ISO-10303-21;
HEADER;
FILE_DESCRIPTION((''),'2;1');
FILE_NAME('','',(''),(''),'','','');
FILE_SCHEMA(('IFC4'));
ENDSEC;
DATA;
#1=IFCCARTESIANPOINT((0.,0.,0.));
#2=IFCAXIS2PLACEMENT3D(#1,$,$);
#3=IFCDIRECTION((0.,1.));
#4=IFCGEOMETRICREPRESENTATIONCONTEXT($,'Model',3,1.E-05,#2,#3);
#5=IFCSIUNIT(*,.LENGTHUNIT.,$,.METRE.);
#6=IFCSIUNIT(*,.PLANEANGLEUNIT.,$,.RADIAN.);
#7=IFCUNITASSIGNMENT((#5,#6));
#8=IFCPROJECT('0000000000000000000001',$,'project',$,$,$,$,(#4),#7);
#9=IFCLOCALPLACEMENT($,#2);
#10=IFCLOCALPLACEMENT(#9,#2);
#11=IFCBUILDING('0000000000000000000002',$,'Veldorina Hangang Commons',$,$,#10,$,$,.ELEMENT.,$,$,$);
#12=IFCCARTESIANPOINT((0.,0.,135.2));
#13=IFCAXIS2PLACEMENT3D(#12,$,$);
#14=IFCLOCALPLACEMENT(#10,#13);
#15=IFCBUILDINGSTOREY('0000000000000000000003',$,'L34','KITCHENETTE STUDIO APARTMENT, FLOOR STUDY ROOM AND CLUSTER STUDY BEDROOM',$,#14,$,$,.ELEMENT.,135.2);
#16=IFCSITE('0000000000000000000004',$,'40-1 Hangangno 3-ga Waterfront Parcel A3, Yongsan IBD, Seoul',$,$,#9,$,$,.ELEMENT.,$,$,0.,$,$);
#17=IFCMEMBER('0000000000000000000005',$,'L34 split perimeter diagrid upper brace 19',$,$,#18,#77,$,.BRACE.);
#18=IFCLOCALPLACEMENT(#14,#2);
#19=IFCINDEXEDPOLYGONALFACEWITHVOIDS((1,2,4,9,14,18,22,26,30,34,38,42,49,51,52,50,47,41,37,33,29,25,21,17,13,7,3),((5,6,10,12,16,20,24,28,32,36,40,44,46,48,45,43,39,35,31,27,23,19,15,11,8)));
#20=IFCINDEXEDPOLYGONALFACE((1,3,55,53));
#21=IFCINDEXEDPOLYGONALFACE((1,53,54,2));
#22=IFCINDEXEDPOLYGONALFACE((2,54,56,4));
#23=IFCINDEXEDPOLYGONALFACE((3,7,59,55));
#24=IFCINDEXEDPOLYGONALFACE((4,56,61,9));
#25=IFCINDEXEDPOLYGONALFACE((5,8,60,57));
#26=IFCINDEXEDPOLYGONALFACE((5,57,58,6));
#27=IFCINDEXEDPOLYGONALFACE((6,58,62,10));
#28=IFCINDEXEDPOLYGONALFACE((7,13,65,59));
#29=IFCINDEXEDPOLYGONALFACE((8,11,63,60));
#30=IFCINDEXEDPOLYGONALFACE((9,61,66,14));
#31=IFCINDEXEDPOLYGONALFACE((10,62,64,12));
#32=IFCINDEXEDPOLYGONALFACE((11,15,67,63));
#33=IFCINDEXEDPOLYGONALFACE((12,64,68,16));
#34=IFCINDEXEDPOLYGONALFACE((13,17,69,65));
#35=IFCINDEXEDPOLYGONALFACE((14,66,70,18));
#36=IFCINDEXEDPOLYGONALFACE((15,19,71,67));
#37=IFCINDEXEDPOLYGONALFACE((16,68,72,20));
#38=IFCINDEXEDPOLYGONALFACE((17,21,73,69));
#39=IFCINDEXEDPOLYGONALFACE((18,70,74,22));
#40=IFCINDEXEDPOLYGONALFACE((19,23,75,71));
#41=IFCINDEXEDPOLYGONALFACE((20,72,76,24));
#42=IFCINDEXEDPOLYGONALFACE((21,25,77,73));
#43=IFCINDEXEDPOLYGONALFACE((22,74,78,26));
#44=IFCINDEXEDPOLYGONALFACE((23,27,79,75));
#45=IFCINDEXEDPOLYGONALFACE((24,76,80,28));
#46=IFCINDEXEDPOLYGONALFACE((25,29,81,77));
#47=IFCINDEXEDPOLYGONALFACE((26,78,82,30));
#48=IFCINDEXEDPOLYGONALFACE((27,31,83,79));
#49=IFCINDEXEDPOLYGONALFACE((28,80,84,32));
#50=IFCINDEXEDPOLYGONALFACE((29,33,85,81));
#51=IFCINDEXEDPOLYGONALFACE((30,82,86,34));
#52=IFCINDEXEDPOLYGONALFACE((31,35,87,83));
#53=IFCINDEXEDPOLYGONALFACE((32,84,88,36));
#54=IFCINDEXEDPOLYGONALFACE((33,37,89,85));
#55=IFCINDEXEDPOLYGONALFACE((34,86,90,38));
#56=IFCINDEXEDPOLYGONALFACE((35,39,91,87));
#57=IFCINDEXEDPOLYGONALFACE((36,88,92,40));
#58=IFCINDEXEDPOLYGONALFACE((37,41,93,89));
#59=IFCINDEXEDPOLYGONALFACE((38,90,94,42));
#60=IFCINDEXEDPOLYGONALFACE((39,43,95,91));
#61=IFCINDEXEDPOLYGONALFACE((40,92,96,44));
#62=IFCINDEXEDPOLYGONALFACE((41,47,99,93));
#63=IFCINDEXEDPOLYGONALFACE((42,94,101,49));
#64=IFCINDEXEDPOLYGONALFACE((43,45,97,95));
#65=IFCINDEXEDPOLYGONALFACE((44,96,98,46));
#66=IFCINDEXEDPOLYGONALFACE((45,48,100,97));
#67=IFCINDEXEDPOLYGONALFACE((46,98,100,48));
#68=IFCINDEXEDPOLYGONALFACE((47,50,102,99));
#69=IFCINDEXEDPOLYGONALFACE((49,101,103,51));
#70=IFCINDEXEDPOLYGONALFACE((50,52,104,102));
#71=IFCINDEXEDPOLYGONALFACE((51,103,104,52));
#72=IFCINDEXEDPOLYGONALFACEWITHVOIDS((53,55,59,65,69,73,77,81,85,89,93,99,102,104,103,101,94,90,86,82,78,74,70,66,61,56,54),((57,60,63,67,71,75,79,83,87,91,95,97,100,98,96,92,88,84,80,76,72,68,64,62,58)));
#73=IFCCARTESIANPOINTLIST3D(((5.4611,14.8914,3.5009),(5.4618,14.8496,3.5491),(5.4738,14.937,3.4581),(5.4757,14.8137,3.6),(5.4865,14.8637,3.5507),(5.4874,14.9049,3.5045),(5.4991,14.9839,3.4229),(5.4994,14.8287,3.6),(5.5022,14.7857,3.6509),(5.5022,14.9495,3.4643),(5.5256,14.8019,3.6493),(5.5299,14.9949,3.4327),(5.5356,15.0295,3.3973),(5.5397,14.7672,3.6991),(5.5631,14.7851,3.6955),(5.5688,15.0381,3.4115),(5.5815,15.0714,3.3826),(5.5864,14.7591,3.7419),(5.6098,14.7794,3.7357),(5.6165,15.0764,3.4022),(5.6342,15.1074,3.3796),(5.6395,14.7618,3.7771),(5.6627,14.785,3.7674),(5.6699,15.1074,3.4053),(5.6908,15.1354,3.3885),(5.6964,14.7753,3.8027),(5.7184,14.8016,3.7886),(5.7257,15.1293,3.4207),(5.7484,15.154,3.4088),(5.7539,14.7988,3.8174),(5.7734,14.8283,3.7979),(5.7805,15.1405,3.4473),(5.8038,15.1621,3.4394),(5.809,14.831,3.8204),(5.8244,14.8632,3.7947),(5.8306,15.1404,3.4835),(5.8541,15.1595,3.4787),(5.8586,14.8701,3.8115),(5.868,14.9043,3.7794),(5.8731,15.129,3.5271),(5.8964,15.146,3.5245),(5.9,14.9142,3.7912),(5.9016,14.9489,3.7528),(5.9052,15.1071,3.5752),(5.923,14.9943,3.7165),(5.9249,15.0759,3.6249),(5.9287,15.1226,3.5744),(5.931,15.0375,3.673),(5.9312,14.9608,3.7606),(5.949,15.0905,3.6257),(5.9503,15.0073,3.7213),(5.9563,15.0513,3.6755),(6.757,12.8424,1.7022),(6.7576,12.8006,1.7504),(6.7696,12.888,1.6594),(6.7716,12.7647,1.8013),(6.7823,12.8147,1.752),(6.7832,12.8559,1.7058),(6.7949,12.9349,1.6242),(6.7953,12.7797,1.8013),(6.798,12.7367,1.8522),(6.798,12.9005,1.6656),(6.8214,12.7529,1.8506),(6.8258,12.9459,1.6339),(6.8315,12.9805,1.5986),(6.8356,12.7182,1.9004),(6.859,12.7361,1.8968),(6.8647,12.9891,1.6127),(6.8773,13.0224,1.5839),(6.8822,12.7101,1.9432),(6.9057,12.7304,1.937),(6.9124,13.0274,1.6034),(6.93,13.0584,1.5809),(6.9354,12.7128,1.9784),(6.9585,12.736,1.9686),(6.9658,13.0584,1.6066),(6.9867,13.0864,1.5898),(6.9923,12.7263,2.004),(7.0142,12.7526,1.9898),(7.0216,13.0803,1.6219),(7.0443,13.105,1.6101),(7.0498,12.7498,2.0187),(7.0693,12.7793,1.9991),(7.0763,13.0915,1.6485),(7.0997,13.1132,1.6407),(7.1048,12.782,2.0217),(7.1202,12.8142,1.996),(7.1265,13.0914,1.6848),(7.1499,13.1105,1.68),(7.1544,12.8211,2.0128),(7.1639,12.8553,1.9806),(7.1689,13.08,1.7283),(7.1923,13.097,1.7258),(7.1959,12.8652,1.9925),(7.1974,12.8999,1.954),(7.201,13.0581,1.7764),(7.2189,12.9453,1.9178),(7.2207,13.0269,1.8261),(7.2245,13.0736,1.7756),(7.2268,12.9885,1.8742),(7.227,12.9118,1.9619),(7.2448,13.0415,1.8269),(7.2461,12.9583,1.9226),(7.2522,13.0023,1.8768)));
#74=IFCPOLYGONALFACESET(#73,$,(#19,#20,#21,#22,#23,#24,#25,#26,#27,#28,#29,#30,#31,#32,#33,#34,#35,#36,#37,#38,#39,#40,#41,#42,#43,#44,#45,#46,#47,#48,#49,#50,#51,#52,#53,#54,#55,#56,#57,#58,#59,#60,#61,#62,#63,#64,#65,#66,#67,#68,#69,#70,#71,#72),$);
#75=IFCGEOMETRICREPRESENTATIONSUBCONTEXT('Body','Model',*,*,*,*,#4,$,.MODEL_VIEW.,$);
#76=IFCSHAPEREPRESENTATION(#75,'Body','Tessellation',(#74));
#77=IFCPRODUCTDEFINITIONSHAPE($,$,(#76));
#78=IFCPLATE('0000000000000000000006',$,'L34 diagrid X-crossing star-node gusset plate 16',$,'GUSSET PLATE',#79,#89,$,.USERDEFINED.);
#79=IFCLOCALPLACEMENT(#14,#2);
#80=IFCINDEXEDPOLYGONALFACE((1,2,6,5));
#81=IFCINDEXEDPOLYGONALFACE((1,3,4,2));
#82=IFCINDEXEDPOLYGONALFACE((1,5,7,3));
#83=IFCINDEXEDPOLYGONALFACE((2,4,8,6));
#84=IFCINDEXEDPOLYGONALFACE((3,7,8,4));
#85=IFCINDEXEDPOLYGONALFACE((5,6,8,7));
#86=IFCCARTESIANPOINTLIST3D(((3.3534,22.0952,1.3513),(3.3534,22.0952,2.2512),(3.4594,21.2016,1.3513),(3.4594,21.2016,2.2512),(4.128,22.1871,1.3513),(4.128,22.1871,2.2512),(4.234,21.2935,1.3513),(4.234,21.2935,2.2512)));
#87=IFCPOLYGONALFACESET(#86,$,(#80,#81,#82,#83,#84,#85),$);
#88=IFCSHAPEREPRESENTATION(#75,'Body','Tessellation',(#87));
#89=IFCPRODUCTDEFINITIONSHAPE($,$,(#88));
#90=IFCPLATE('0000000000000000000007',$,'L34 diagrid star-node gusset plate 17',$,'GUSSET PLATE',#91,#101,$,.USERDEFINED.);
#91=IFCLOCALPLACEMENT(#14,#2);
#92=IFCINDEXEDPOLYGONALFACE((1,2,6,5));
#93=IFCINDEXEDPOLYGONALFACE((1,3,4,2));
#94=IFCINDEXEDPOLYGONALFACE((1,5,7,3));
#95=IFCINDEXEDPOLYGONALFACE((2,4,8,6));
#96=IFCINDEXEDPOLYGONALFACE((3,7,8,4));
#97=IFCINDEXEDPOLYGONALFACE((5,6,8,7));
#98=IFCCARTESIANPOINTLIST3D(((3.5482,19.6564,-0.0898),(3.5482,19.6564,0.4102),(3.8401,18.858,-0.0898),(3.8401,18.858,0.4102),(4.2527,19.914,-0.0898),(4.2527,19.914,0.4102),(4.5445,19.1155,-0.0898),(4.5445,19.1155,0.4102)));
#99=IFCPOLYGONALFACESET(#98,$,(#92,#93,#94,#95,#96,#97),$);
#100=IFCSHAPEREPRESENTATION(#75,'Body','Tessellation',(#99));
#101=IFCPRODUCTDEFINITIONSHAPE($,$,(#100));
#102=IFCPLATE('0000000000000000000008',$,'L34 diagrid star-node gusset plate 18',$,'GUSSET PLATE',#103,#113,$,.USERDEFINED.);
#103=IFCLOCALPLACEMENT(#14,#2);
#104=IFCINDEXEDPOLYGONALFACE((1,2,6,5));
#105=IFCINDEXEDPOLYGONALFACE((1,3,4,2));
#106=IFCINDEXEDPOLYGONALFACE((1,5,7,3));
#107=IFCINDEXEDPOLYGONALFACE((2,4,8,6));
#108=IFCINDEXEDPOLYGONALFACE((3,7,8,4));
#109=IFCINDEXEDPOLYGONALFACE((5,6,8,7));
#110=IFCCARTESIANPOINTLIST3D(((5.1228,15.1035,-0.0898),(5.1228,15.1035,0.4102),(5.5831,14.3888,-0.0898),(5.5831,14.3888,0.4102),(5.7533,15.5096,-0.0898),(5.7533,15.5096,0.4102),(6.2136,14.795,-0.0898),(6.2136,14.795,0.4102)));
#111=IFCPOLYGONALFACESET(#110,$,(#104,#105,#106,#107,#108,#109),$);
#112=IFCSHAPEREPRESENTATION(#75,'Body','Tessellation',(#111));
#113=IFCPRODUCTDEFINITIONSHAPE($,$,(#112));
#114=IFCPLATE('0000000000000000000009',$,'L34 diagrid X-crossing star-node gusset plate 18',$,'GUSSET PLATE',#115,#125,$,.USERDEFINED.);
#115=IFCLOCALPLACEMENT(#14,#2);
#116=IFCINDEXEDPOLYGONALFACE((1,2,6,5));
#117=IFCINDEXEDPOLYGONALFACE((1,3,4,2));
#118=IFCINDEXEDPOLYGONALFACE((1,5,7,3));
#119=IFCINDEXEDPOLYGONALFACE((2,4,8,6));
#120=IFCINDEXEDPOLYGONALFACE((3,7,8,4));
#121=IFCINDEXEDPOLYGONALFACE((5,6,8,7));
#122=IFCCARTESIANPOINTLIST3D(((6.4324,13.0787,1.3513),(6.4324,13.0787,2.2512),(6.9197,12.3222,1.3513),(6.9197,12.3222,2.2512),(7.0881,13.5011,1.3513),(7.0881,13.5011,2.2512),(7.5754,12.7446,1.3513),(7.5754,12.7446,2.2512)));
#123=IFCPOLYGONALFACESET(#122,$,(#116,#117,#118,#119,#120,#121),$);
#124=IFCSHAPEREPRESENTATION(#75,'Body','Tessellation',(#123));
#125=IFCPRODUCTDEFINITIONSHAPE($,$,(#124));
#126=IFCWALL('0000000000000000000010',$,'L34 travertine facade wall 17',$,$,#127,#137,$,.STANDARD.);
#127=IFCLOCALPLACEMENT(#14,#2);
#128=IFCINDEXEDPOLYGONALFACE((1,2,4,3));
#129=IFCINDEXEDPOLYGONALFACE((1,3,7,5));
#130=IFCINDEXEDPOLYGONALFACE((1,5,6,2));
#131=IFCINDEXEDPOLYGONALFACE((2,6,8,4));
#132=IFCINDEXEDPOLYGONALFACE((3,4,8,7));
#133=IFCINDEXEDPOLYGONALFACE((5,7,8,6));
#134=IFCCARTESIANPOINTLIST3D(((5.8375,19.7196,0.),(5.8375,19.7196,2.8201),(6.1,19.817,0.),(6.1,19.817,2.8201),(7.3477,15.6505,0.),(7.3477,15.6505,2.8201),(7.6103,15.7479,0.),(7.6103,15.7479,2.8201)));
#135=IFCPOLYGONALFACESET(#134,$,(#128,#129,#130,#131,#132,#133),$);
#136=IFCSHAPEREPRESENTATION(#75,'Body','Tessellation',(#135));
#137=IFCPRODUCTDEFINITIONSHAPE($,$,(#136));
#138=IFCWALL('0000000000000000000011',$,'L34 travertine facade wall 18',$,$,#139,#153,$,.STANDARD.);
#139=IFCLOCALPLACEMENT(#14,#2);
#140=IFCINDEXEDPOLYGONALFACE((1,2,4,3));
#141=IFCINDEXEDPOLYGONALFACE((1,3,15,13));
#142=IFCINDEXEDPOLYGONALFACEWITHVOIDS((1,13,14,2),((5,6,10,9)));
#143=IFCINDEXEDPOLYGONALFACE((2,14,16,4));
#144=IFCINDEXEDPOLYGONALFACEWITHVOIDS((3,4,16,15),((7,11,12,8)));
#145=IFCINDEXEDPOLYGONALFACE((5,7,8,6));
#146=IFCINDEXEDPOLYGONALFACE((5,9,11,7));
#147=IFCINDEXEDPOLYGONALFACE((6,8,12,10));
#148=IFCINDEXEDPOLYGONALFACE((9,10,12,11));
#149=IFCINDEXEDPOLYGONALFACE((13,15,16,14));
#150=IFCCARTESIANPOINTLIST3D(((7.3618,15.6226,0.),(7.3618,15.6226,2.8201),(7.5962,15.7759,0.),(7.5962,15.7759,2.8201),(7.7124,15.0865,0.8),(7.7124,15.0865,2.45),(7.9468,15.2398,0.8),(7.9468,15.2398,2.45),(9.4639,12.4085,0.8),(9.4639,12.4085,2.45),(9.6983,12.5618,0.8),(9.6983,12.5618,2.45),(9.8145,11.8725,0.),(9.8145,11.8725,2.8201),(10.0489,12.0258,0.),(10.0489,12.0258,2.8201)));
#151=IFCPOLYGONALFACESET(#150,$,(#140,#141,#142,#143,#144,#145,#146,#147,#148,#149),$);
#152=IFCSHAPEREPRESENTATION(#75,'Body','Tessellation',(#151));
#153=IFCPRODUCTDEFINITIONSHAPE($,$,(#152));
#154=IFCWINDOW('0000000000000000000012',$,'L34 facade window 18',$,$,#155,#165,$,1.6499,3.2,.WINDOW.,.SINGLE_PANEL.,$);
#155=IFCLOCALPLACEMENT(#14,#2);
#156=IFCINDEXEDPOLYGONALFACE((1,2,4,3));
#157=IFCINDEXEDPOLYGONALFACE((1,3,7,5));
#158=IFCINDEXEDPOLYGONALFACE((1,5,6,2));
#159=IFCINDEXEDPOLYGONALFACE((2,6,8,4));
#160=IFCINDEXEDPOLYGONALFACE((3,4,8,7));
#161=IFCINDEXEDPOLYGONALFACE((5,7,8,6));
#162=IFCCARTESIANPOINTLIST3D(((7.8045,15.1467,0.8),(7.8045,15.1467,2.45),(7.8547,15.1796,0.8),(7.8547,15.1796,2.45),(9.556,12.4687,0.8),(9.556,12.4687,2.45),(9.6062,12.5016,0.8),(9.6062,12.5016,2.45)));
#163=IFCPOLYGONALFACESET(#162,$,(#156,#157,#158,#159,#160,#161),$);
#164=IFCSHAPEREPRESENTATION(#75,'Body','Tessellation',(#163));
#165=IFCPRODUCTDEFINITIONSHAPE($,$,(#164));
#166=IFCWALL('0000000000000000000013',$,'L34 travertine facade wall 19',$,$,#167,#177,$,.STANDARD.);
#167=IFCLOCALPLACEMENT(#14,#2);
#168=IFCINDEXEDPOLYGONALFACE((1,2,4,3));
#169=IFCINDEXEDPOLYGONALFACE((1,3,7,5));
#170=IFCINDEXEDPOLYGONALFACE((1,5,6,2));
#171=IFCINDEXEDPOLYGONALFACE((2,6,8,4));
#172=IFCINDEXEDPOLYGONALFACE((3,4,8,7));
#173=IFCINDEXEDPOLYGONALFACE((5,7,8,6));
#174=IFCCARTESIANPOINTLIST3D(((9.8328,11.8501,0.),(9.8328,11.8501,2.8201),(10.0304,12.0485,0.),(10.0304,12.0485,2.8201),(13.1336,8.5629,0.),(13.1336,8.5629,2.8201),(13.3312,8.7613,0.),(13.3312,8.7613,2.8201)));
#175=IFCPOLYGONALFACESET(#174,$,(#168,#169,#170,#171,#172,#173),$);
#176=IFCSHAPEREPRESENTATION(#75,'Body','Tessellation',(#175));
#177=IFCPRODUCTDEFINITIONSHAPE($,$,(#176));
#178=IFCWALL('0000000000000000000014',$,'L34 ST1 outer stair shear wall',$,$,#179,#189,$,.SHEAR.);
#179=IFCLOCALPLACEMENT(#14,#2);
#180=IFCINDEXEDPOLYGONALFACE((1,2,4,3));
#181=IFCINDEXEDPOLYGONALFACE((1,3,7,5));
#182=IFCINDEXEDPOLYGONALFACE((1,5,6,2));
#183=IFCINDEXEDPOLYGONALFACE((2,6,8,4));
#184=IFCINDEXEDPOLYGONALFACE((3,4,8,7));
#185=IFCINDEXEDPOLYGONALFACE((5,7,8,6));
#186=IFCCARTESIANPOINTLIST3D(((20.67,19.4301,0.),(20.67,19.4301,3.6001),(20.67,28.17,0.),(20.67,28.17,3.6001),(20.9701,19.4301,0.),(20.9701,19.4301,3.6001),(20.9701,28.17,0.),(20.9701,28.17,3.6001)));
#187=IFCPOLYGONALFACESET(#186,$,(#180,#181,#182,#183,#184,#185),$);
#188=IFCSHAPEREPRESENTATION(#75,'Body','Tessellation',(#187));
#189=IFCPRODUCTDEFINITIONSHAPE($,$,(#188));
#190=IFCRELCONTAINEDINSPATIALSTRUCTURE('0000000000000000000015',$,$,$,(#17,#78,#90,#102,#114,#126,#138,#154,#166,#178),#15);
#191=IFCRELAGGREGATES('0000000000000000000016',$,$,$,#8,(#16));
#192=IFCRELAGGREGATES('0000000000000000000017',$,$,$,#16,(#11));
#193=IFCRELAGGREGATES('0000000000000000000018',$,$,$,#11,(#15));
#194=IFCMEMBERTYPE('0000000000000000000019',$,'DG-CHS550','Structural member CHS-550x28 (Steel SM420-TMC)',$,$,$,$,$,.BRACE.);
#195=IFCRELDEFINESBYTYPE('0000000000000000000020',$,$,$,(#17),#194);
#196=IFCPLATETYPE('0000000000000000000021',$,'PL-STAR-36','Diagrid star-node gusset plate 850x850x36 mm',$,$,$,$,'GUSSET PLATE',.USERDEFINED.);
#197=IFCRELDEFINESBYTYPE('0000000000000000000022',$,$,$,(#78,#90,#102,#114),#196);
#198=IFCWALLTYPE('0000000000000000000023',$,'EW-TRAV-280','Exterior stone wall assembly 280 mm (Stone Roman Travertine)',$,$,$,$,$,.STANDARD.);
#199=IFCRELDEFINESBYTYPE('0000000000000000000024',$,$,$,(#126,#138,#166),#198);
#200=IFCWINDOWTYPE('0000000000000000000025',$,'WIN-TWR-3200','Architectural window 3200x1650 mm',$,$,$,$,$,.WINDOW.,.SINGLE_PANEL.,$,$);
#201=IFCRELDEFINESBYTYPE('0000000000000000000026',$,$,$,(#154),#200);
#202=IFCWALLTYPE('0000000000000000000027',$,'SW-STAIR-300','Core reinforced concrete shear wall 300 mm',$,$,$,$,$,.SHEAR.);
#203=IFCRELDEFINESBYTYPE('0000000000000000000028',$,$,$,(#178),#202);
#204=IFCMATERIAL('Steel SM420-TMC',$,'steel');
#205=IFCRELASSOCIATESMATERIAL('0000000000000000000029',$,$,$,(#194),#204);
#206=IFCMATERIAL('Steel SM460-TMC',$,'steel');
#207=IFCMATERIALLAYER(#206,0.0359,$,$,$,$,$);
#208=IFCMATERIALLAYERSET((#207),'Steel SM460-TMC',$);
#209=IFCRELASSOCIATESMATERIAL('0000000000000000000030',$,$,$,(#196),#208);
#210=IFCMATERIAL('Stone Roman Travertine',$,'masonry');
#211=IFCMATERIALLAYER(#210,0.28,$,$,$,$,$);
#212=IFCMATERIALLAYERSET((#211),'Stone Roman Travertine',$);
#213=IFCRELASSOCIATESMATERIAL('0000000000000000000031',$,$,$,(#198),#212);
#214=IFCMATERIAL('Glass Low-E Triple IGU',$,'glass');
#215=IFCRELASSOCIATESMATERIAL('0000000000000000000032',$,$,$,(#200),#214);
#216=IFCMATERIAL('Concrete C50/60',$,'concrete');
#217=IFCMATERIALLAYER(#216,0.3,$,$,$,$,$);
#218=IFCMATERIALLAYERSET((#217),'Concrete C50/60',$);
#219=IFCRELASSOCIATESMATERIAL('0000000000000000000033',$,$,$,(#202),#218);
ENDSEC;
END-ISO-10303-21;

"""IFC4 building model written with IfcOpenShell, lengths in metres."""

from ifc_helpers import new_model, si_unit, direction, frame, frame_2d, origin, origin_2d, place, context, subcontext, project, spatial, rectangle, hollow_circle, extrude, material, layer, layer_set, material_profile, profile_set, type_object, element, fill, save


model = new_model("IFC4")

# Units and contexts
model_context = context("Model", 3, precision=1e-05, world=origin(), true_north=direction((0.0, 1.0)))
body_context = subcontext(model_context, "Body", "Model", "MODEL_VIEW")
ifc_project = project(units=[si_unit("LENGTHUNIT", "METRE"), si_unit("PLANEANGLEUNIT", "RADIAN")], contexts=[model_context])

# Site, building, storey
site_placement = place(None, origin())
site = spatial("IfcSite", under=ifc_project, at=site_placement, Name="40-1 Hangangno 3-ga Waterfront Parcel A3, Yongsan IBD, Seoul", CompositionType="ELEMENT", RefElevation=0.0)
building_placement = place(site_placement, origin())
building = spatial("IfcBuilding", under=site, at=building_placement, Name="Veldorina Hangang Commons", CompositionType="ELEMENT")
storey_placement = place(building_placement, frame((0.0, 0.0, 135.2)))
storey = spatial("IfcBuildingStorey", under=building, at=storey_placement, Name="L34", Description="KITCHENETTE STUDIO APARTMENT, FLOOR STUDY ROOM AND CLUSTER STUDY BEDROOM", CompositionType="ELEMENT", Elevation=135.2)

# Shared definitions
ifc_material_1 = material(Name="Steel SM420-TMC", Category="steel")

# Member
ifc_material_profile_1 = material_profile(ifc_material_1, hollow_circle(Radius=0.2749, WallThickness=0.0281, at=origin_2d()), Name="CHS-550x28")
ifc_profile_set_1 = profile_set([ifc_material_profile_1], Name="Steel SM420-TMC")
member_type = type_object("IfcMemberType", Name="DG-CHS550", Description="Structural member CHS-550x28 (Steel SM420-TMC)", PredefinedType="BRACE", material=ifc_profile_set_1)
member_1_placement = place(storey_placement, frame((7.0039, 12.9116, 1.8013), z_axis=(-0.42926, 0.678745, 0.595853), x_axis=(-0.845163, -0.534508, 0.0)))
element("IfcMember", 1, at=member_1_placement, inside=storey, type_object=member_type, Name="L34 split perimeter diagrid upper brace 19", PredefinedType="BRACE", context=body_context, shape_type="SweptSolid", body=[
    extrude(hollow_circle(Radius=0.2749, WallThickness=0.0281, at=origin_2d()), origin(), (0.0, 0.0, 1.0), 3.0188),
])

# Plates
ifc_material_2 = material(Name="Steel SM460-TMC", Category="steel")
ifc_layer_1 = layer(ifc_material_2, 0.0359)
ifc_layer_set_1 = layer_set([ifc_layer_1], Name="Steel SM460-TMC")
plate_type = type_object("IfcPlateType", Name="PL-STAR-36", Description="Diagrid star-node gusset plate 850x850x36 mm", ElementType="GUSSET PLATE", PredefinedType="USERDEFINED", material=ifc_layer_set_1)
plate_1_placement = place(storey_placement, frame((3.7937, 21.6943, 1.3513), z_axis=(0.0, 0.0, 1.0), x_axis=(0.117849, -0.993031, 0.0)))
element("IfcPlate", 2, at=plate_1_placement, inside=storey, type_object=plate_type, Name="L34 diagrid X-crossing star-node gusset plate 16", ObjectType="GUSSET PLATE", PredefinedType="USERDEFINED", context=body_context, shape_type="SweptSolid", body=[
    extrude(rectangle(XDim=0.8999, YDim=0.78, at=origin_2d()), origin(), (0.0, 0.0, 1.0), 0.8999),
])
for number, where, z_axis, x_axis, name in (
    (3, (4.0464, 19.386, -0.0898), (0.0, 0.0, 1.0), (0.343348, -0.939208, 0.0), "L34 diagrid star-node gusset plate 17"),
    (4, (5.6682, 14.9492, -0.0898), (0.0, 0.0, 1.0), (0.541517, -0.840689, 0.0), "L34 diagrid star-node gusset plate 18"),
):
    element("IfcPlate", number, at=place(storey_placement, frame(where, z_axis=z_axis, x_axis=x_axis)), inside=storey, type_object=plate_type, Name=name, ObjectType="GUSSET PLATE", PredefinedType="USERDEFINED", context=body_context, shape_type="SweptSolid", body=[
        extrude(rectangle(XDim=0.8501, YDim=0.75, at=origin_2d()), origin(), (0.0, 0.0, 1.0), 0.5),
    ])
plate_2_placement = place(storey_placement, frame((7.0039, 12.9116, 1.3513), z_axis=(0.0, 0.0, 1.0), x_axis=(0.541517, -0.840689, 0.0)))
element("IfcPlate", 5, at=plate_2_placement, inside=storey, type_object=plate_type, Name="L34 diagrid X-crossing star-node gusset plate 18", ObjectType="GUSSET PLATE", PredefinedType="USERDEFINED", context=body_context, shape_type="SweptSolid", body=[
    extrude(rectangle(XDim=0.8999, YDim=0.78, at=origin_2d()), origin(), (0.0, 0.0, 1.0), 0.8999),
])

# Wall
ifc_material_3 = material(Name="Stone Roman Travertine", Category="masonry")
ifc_layer_2 = layer(ifc_material_3, 0.28)
ifc_layer_set_2 = layer_set([ifc_layer_2], Name="Stone Roman Travertine")
wall_type_1 = type_object("IfcWallType", Name="EW-TRAV-280", Description="Exterior stone wall assembly 280 mm (Stone Roman Travertine)", PredefinedType="STANDARD", material=ifc_layer_set_2)
wall_1_placement = place(storey_placement, frame((5.9688, 19.7683, 0.0), z_axis=(0.0, 0.0, 1.0), x_axis=(0.347959, -0.93751, 0.0)))
element("IfcWall", 6, at=wall_1_placement, inside=storey, type_object=wall_type_1, Name="L34 travertine facade wall 17", PredefinedType="STANDARD", context=body_context, shape_type="SweptSolid", body=[
    extrude(rectangle(XDim=4.3403, YDim=0.28, at=frame_2d((2.1702, 0.0))), origin(), (0.0, 0.0, 1.0), 2.8201),
])

# Wall, opening, window
wall_2_placement = place(storey_placement, frame((7.479, 15.6992, 0.0), z_axis=(0.0, 0.0, 1.0), x_axis=(0.547361, -0.836897, 0.0)))
wall_2 = element("IfcWall", 7, at=wall_2_placement, inside=storey, type_object=wall_type_1, Name="L34 travertine facade wall 18", PredefinedType="STANDARD", context=body_context, shape_type="SweptSolid", body=[
    extrude(rectangle(XDim=4.481, YDim=0.28, at=frame_2d((2.2405, 0.0))), origin(), (0.0, 0.0, 1.0), 2.8201),
])
opening_1_placement = place(wall_2_placement, frame((0.6404, 0.0, 0.8)))
opening_1 = element("IfcOpeningElement", 8, at=opening_1_placement, cuts=wall_2, PredefinedType="OPENING", context=body_context, shape_type="SweptSolid", body=[
    extrude(rectangle(XDim=3.2, YDim=1.6499, at=frame_2d((1.6001, 0.825))), frame((0.0, 0.1499, 0.0), z_axis=(0.0, -1.0, 0.0), x_axis=(1.0, 0.0, 0.0)), (0.0, 0.0, 1.0), 0.3),
])
ifc_material_4 = material(Name="Glass Low-E Triple IGU", Category="glass")
window_type = type_object("IfcWindowType", Name="WIN-TWR-3200", Description="Architectural window 3200x1650 mm", PartitioningType="SINGLE_PANEL", PredefinedType="WINDOW", material=ifc_material_4)
window_placement = place(opening_1_placement, origin())
window = element("IfcWindow", 9, at=window_placement, inside=storey, type_object=window_type, Name="L34 facade window 18", OverallHeight=1.6499, OverallWidth=3.2, PartitioningType="SINGLE_PANEL", PredefinedType="WINDOW", context=body_context, shape_type="SweptSolid", body=[
    extrude(rectangle(XDim=3.2, YDim=1.6499, at=frame_2d((1.6001, 0.825))), frame((0.0, 0.03, 0.0), z_axis=(0.0, -1.0, 0.0), x_axis=(1.0, 0.0, 0.0)), (0.0, 0.0, 1.0), 0.0601),
])
fill(opening_1, window)

# Walls
wall_3_placement = place(storey_placement, frame((9.9316, 11.9492, 0.0), z_axis=(0.0, 0.0, 1.0), x_axis=(0.708573, -0.705638, 0.0)))
element("IfcWall", 10, at=wall_3_placement, inside=storey, type_object=wall_type_1, Name="L34 travertine facade wall 19", PredefinedType="STANDARD", context=body_context, shape_type="SweptSolid", body=[
    extrude(rectangle(XDim=4.6584, YDim=0.28, at=frame_2d((2.3291, 0.0))), origin(), (0.0, 0.0, 1.0), 2.8201),
])
ifc_material_5 = material(Name="Concrete C50/60", Category="concrete")
ifc_layer_3 = layer(ifc_material_5, 0.3)
ifc_layer_set_3 = layer_set([ifc_layer_3], Name="Concrete C50/60")
wall_type_2 = type_object("IfcWallType", Name="SW-STAIR-300", Description="Core reinforced concrete shear wall 300 mm", PredefinedType="SHEAR", material=ifc_layer_set_3)
wall_4_placement = place(storey_placement, frame((20.8201, 19.4299, 0.0), z_axis=(0.0, 0.0, 1.0), x_axis=(0.0, 1.0, 0.0)))
element("IfcWall", 11, at=wall_4_placement, inside=storey, type_object=wall_type_2, Name="L34 ST1 outer stair shear wall", PredefinedType="SHEAR", context=body_context, shape_type="SweptSolid", body=[
    extrude(rectangle(XDim=8.74, YDim=0.3, at=frame_2d((4.3701, 0.0))), origin(), (0.0, 0.0, 1.0), 3.6001),
])

save(model, "model.ifc")
